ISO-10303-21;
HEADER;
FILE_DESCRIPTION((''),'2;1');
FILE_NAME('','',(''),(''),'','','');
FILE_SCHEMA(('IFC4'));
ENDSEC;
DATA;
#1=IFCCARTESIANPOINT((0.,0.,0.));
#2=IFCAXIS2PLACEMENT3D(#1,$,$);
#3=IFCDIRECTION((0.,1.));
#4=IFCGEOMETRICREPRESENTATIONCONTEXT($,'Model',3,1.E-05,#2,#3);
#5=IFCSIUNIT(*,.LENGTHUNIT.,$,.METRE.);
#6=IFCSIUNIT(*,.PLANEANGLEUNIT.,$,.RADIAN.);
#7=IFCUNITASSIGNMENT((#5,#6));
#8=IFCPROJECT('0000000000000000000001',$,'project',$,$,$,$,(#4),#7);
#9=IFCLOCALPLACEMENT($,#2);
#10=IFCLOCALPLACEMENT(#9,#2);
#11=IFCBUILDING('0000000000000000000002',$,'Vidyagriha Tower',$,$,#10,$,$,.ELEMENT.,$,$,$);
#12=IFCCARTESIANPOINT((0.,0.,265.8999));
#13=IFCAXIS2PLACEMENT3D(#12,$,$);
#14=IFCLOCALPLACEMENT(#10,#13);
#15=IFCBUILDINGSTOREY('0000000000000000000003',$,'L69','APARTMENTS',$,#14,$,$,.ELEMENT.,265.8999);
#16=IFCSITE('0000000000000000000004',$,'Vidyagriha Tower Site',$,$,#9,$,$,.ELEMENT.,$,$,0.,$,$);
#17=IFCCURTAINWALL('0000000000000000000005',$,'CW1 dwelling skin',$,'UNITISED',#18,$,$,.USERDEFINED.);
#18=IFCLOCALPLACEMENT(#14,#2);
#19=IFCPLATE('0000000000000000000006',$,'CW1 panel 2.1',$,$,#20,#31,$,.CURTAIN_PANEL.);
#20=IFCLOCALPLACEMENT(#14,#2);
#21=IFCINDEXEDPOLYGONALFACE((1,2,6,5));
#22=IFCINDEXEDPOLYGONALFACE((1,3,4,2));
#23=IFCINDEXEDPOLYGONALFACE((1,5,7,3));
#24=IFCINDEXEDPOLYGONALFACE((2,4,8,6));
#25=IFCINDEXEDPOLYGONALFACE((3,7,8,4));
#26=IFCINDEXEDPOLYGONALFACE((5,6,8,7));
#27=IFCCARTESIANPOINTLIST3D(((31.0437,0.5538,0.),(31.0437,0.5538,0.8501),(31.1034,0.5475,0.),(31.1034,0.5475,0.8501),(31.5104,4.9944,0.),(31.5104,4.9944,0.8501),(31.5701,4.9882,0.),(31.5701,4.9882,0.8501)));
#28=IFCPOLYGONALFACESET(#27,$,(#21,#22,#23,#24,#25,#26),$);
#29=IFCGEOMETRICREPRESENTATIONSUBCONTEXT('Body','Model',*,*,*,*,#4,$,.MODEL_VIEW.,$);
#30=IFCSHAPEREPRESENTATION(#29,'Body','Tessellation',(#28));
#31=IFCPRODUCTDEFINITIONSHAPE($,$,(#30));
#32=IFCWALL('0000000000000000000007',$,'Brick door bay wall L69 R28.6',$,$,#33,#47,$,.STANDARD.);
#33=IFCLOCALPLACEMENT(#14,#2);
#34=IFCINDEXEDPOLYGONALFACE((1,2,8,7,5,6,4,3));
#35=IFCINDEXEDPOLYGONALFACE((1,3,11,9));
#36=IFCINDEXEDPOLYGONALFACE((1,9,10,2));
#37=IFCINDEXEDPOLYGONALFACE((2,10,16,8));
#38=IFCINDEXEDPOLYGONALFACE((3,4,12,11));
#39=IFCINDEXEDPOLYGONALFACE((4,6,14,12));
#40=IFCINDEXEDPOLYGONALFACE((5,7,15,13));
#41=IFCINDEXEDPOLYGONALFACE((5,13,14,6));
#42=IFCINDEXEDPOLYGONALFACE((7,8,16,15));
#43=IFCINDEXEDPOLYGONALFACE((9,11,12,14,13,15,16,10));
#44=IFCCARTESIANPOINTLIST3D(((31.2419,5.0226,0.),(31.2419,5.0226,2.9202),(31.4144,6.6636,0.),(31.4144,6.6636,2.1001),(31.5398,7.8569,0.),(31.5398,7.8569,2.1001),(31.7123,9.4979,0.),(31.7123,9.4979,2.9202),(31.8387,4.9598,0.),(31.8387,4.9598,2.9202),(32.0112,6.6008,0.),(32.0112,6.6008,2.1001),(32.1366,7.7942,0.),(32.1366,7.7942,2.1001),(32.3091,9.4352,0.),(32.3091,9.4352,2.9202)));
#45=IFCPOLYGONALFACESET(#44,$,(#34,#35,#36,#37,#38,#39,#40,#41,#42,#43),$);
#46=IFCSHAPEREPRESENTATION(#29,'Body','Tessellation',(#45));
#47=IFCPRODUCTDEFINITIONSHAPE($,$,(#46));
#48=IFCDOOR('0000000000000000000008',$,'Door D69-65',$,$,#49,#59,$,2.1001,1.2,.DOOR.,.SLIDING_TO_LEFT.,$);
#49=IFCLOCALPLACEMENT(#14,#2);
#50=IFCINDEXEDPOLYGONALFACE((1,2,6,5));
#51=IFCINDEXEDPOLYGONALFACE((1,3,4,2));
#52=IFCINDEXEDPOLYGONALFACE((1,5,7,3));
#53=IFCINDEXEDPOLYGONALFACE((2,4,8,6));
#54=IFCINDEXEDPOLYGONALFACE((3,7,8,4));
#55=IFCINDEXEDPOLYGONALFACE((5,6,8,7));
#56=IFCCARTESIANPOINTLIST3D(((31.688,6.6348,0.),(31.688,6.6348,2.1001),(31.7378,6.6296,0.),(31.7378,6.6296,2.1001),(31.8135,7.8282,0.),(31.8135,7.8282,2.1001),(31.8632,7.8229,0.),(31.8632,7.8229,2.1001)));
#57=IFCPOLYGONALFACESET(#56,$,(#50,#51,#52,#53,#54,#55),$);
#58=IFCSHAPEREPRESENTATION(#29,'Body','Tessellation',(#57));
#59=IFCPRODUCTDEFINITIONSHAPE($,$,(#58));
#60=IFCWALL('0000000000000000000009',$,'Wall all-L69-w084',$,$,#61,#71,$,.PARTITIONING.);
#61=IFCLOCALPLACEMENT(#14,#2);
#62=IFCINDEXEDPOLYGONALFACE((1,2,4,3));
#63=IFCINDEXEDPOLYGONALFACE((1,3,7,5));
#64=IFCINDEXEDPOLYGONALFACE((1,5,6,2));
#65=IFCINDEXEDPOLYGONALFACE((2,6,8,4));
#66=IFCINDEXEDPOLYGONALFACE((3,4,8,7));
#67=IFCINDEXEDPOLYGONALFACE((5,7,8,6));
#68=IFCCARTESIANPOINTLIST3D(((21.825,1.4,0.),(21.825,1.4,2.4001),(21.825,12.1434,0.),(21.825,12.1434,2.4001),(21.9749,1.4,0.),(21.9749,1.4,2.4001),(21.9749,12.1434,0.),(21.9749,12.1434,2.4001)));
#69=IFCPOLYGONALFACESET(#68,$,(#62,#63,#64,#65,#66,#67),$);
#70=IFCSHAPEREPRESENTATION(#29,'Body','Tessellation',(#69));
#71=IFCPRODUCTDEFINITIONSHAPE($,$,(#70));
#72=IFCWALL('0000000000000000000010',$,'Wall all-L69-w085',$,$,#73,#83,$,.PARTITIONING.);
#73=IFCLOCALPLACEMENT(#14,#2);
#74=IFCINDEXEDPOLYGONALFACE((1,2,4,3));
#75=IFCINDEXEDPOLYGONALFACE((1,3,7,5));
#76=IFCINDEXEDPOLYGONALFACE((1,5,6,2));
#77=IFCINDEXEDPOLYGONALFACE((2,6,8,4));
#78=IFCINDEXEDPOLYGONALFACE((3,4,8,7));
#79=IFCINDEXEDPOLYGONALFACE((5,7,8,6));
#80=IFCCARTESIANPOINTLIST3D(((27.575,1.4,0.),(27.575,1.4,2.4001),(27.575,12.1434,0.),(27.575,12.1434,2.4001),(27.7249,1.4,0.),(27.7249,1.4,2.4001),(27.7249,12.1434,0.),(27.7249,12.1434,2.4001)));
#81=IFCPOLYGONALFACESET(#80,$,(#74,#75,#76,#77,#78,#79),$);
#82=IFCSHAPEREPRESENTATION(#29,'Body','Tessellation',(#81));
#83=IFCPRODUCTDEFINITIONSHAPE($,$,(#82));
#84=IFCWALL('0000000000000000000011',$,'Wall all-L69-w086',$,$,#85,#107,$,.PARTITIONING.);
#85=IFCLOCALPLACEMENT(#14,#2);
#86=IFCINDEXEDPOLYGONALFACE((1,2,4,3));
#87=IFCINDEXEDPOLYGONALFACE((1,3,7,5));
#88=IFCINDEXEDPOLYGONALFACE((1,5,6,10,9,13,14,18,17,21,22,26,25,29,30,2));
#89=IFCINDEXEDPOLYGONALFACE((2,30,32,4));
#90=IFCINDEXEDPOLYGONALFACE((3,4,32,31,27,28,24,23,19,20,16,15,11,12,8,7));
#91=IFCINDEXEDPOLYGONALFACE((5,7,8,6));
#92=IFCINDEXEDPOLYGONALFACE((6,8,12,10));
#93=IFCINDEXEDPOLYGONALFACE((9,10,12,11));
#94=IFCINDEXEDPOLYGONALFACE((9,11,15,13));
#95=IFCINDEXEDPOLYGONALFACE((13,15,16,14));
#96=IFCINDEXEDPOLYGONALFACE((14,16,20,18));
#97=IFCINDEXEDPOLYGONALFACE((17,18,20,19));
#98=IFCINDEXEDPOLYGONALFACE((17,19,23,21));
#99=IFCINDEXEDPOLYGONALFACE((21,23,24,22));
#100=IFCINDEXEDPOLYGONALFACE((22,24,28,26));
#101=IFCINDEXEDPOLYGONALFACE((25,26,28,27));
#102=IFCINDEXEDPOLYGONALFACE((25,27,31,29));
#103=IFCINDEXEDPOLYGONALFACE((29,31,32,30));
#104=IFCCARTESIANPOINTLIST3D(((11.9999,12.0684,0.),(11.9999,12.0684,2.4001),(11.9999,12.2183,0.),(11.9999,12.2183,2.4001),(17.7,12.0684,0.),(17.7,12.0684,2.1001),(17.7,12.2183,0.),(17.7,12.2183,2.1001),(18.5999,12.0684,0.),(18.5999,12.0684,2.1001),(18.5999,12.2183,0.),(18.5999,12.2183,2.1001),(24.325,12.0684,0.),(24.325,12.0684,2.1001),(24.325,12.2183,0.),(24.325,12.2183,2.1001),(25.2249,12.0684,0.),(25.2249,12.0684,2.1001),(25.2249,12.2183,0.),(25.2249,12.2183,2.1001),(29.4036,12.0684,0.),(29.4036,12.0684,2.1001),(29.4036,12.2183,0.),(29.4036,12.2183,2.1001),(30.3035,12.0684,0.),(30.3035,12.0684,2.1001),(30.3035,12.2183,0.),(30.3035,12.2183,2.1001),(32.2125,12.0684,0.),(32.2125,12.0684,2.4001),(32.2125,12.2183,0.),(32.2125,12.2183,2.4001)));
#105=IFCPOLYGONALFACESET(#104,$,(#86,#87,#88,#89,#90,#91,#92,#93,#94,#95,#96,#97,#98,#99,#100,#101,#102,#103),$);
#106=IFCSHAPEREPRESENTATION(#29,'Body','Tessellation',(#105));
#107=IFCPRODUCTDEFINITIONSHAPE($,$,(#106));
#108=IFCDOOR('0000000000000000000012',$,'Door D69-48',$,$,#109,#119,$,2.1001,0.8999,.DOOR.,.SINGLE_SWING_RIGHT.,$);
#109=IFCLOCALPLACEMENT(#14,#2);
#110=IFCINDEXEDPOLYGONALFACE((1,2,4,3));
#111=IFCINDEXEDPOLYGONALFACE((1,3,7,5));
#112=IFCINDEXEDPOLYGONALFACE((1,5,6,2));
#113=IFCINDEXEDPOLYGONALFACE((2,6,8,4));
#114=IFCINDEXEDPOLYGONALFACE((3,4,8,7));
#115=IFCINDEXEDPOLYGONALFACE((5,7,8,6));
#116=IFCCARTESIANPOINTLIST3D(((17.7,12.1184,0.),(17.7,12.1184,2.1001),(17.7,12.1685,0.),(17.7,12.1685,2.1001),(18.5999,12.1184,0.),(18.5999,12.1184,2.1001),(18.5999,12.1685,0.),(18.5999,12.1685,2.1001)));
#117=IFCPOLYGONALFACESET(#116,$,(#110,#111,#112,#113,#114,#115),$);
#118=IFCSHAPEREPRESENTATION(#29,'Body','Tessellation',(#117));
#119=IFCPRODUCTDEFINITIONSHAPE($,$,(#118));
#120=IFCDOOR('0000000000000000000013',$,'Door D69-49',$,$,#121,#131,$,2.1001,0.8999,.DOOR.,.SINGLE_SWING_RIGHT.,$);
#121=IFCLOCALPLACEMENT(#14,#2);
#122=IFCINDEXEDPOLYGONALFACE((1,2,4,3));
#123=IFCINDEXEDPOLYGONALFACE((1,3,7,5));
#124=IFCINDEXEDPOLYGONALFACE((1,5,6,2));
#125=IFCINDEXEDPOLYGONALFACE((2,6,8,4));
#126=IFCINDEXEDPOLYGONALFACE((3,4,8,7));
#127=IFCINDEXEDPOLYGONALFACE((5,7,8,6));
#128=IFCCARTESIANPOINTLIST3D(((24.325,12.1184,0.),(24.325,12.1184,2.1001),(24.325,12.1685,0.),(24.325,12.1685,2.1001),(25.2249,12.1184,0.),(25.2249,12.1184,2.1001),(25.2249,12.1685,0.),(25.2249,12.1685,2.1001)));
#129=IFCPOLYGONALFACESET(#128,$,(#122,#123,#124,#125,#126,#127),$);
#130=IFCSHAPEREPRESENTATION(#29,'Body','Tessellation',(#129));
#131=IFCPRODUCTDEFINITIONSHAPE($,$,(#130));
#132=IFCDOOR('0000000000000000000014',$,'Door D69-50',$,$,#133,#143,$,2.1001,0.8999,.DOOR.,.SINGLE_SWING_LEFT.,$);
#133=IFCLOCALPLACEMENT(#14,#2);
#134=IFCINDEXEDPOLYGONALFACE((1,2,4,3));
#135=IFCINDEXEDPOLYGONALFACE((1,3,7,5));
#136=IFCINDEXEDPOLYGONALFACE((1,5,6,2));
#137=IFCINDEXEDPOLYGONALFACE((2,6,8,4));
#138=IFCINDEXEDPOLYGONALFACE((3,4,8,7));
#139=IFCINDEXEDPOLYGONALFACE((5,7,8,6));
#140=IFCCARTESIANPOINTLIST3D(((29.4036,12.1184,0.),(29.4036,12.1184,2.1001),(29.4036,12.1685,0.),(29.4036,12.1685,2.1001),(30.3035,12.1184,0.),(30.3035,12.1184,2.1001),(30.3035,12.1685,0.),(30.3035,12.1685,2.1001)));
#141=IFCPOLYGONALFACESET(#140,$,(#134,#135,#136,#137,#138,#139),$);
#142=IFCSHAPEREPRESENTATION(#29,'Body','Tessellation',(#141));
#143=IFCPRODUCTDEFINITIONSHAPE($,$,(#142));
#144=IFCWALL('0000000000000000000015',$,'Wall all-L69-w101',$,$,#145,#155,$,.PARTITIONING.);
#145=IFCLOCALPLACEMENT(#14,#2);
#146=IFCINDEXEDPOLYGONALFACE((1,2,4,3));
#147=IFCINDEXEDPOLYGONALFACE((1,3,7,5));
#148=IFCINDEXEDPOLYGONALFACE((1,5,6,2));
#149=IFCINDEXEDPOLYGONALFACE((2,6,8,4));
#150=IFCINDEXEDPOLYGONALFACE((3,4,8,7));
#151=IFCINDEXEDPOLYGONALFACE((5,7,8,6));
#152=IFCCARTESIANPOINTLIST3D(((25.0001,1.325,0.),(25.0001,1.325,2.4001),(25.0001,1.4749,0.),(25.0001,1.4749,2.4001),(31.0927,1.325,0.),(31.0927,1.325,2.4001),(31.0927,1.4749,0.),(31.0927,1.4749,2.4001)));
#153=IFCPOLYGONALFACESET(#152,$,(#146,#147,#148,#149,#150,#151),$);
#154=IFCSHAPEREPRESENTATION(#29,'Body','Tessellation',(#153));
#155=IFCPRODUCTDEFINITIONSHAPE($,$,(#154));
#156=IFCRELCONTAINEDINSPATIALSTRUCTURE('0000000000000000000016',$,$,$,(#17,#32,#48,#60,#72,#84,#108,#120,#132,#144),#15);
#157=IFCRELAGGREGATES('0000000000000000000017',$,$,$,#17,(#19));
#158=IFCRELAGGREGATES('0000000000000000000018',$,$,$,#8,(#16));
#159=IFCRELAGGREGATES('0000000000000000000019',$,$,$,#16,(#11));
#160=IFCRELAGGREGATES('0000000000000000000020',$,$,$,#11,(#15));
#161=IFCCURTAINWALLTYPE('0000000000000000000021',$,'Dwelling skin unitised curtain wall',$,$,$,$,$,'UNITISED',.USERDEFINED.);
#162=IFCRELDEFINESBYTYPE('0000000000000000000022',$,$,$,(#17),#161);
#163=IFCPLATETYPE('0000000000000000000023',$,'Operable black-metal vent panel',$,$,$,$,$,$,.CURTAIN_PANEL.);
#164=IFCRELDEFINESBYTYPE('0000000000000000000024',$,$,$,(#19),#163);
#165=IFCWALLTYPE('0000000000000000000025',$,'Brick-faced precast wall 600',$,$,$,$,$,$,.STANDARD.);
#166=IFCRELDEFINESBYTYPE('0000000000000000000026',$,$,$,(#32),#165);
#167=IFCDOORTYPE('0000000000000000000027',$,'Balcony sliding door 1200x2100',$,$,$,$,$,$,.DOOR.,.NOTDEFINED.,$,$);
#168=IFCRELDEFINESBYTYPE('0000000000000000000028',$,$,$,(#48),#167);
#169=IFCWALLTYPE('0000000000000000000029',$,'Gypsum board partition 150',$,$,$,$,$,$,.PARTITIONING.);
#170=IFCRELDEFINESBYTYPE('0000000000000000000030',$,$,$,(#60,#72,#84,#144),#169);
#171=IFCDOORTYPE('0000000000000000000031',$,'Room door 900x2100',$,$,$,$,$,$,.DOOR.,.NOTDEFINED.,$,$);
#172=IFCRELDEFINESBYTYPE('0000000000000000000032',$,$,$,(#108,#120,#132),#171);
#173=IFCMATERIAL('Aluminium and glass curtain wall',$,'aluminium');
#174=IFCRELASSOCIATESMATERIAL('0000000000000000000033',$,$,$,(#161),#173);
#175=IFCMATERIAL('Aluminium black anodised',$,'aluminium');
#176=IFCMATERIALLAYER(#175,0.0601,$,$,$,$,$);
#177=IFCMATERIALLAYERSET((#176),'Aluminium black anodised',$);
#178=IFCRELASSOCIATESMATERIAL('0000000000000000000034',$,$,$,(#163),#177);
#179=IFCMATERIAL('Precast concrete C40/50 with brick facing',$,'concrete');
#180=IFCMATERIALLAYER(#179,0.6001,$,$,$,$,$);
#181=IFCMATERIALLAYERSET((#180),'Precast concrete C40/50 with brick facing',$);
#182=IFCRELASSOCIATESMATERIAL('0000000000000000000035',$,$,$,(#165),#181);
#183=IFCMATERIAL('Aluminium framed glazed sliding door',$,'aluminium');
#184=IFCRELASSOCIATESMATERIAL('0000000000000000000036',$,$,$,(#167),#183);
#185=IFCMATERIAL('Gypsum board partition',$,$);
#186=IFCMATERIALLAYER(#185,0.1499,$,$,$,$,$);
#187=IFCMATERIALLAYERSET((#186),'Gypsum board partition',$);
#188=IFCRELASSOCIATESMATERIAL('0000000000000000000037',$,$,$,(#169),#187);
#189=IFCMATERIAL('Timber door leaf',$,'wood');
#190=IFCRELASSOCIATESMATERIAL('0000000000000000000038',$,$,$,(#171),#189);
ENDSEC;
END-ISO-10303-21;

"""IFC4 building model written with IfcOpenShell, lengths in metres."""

from ifc_helpers import new_model, si_unit, direction, frame, frame_2d, origin, origin_2d, place, context, subcontext, project, spatial, rectangle, extrude, material, layer, layer_set, type_object, element, fill, aggregate, save


model = new_model("IFC4")

# Units and contexts
model_context = context("Model", 3, precision=1e-05, world=origin(), true_north=direction((0.0, 1.0)))
body_context = subcontext(model_context, "Body", "Model", "MODEL_VIEW")
ifc_project = project(units=[si_unit("LENGTHUNIT", "METRE"), si_unit("PLANEANGLEUNIT", "RADIAN")], contexts=[model_context])

# Site, building, storey
site_placement = place(None, origin())
site = spatial("IfcSite", under=ifc_project, at=site_placement, Name="Vidyagriha Tower Site", CompositionType="ELEMENT", RefElevation=0.0)
building_placement = place(site_placement, origin())
building = spatial("IfcBuilding", under=site, at=building_placement, Name="Vidyagriha Tower", CompositionType="ELEMENT")
storey_placement = place(building_placement, frame((0.0, 0.0, 265.8999)))
storey = spatial("IfcBuildingStorey", under=building, at=storey_placement, Name="L69", Description="APARTMENTS", CompositionType="ELEMENT", Elevation=265.8999)

# Curtain wall
ifc_material_1 = material(Name="Aluminium and glass curtain wall", Category="aluminium")
curtain_wall_type = type_object("IfcCurtainWallType", Name="Dwelling skin unitised curtain wall", ElementType="UNITISED", PredefinedType="USERDEFINED", material=ifc_material_1)
curtain_wall_1_placement = place(storey_placement, origin())
curtain_wall_1 = element("IfcCurtainWall", 1, at=curtain_wall_1_placement, inside=storey, type_object=curtain_wall_type, Name="CW1 dwelling skin", ObjectType="UNITISED", PredefinedType="USERDEFINED")

# Plate
ifc_material_2 = material(Name="Aluminium black anodised", Category="aluminium")
ifc_layer_1 = layer(ifc_material_2, 0.0601)
ifc_layer_set_1 = layer_set([ifc_layer_1], Name="Aluminium black anodised")
plate_type_1 = type_object("IfcPlateType", Name="Operable black-metal vent panel", PredefinedType="CURTAIN_PANEL", material=ifc_layer_set_1)
plate_1_placement = place(storey_placement, frame((31.3069, 2.771, 0.0), z_axis=(0.0, 0.0, 1.0), x_axis=(0.10453, 0.994522, 0.0)))
plate_1 = element("IfcPlate", 2, at=plate_1_placement, type_object=plate_type_1, Name="CW1 panel 2.1", PredefinedType="CURTAIN_PANEL", context=body_context, shape_type="SweptSolid", body=[
    extrude(rectangle(XDim=4.4651, YDim=0.0601, at=origin_2d()), origin(), (0.0, 0.0, 1.0), 0.8501),
])
aggregate(curtain_wall_1, [plate_1])

# Wall, opening, door
ifc_material_3 = material(Name="Precast concrete C40/50 with brick facing", Category="concrete")
ifc_layer_2 = layer(ifc_material_3, 0.6001)
ifc_layer_set_2 = layer_set([ifc_layer_2], Name="Precast concrete C40/50 with brick facing")
wall_type_1 = type_object("IfcWallType", Name="Brick-faced precast wall 600", PredefinedType="STANDARD", material=ifc_layer_set_2)
wall_1_placement = place(storey_placement, frame((31.5403, 4.9912, 0.0), z_axis=(0.0, 0.0, 1.0), x_axis=(0.104546, 0.99452, 0.0)))
wall_1 = element("IfcWall", 3, at=wall_1_placement, inside=storey, type_object=wall_type_1, Name="Brick door bay wall L69 R28.6", PredefinedType="STANDARD", context=body_context, shape_type="SweptSolid", body=[
    extrude(rectangle(XDim=4.5, YDim=0.6001, at=frame_2d((2.25, 0.0))), origin(), (0.0, 0.0, 1.0), 2.9202),
])
opening_1_placement = place(wall_1_placement, frame((1.6499, 0.0, 0.0)))
opening_1 = element("IfcOpeningElement", 4, at=opening_1_placement, cuts=wall_1, PredefinedType="OPENING", context=body_context, shape_type="SweptSolid", body=[
    extrude(rectangle(XDim=1.2, YDim=2.1001, at=frame_2d((0.6001, 1.05))), frame((0.0, 0.3101, 0.0), z_axis=(0.0, -1.0, 0.0), x_axis=(1.0, 0.0, 0.0)), (0.0, 0.0, 1.0), 0.6201),
])
ifc_material_4 = material(Name="Aluminium framed glazed sliding door", Category="aluminium")
door_type_1 = type_object("IfcDoorType", Name="Balcony sliding door 1200x2100", OperationType="NOTDEFINED", PredefinedType="DOOR", material=ifc_material_4)
door_1_placement = place(opening_1_placement, origin())
door_1 = element("IfcDoor", 5, at=door_1_placement, inside=storey, type_object=door_type_1, Name="Door D69-65", OperationType="SLIDING_TO_LEFT", OverallHeight=2.1001, OverallWidth=1.2, PredefinedType="DOOR", context=body_context, shape_type="SweptSolid", body=[
    extrude(rectangle(XDim=1.2, YDim=2.1001, at=frame_2d((0.6001, 1.05))), frame((0.0, 0.0249, 0.0), z_axis=(0.0, -1.0, 0.0), x_axis=(1.0, 0.0, 0.0)), (0.0, 0.0, 1.0), 0.05),
])
fill(opening_1, door_1)

# Walls
ifc_material_5 = material(Name="Gypsum board partition")
ifc_layer_3 = layer(ifc_material_5, 0.1499)
ifc_layer_set_3 = layer_set([ifc_layer_3], Name="Gypsum board partition")
wall_type_2 = type_object("IfcWallType", Name="Gypsum board partition 150", PredefinedType="PARTITIONING", material=ifc_layer_set_3)
for number, where, z_axis, x_axis, name in (
    (6, (21.8999, 12.1433, 0.0), (0.0, 0.0, 1.0), (0.0, -1.0, 0.0), "Wall all-L69-w084"),
    (7, (27.6499, 12.1433, 0.0), (0.0, 0.0, 1.0), (0.0, -1.0, 0.0), "Wall all-L69-w085"),
):
    element("IfcWall", number, at=place(storey_placement, frame(where, z_axis=z_axis, x_axis=x_axis)), inside=storey, type_object=wall_type_2, Name=name, PredefinedType="PARTITIONING", context=body_context, shape_type="SweptSolid", body=[
        extrude(rectangle(XDim=10.7434, YDim=0.1499, at=frame_2d((5.3716, 0.0))), origin(), (0.0, 0.0, 1.0), 2.4001),
    ])

# Wall, openings, doors
wall_2_placement = place(storey_placement, frame((32.2126, 12.1433, 0.0), z_axis=(0.0, 0.0, 1.0), x_axis=(-1.0, 0.0, 0.0)))
wall_2 = element("IfcWall", 8, at=wall_2_placement, inside=storey, type_object=wall_type_2, Name="Wall all-L69-w086", PredefinedType="PARTITIONING", context=body_context, shape_type="SweptSolid", body=[
    extrude(rectangle(XDim=20.2126, YDim=0.1499, at=frame_2d((10.1064, 0.0))), origin(), (0.0, 0.0, 1.0), 2.4001),
])
opening_2_placement = place(wall_2_placement, frame((13.6128, 0.0, 0.0)))
opening_2 = element("IfcOpeningElement", 9, at=opening_2_placement, cuts=wall_2, PredefinedType="OPENING", context=body_context, shape_type="SweptSolid", body=[
    extrude(rectangle(XDim=0.8999, YDim=2.1001, at=frame_2d((0.45, 1.05))), frame((0.0, 0.085, 0.0), z_axis=(0.0, -1.0, 0.0), x_axis=(1.0, 0.0, 0.0)), (0.0, 0.0, 1.0), 0.1699),
])
opening_3_placement = place(wall_2_placement, frame((6.9878, 0.0, 0.0)))
opening_3 = element("IfcOpeningElement", 10, at=opening_3_placement, cuts=wall_2, PredefinedType="OPENING", context=body_context, shape_type="SweptSolid", body=[
    extrude(rectangle(XDim=0.8999, YDim=2.1001, at=frame_2d((0.45, 1.05))), frame((0.0, 0.085, 0.0), z_axis=(0.0, -1.0, 0.0), x_axis=(1.0, 0.0, 0.0)), (0.0, 0.0, 1.0), 0.1699),
])
opening_4_placement = place(wall_2_placement, frame((1.9092, 0.0, 0.0)))
opening_4 = element("IfcOpeningElement", 11, at=opening_4_placement, cuts=wall_2, PredefinedType="OPENING", context=body_context, shape_type="SweptSolid", body=[
    extrude(rectangle(XDim=0.8999, YDim=2.1001, at=frame_2d((0.45, 1.05))), frame((0.0, 0.085, 0.0), z_axis=(0.0, -1.0, 0.0), x_axis=(1.0, 0.0, 0.0)), (0.0, 0.0, 1.0), 0.1699),
])
ifc_material_6 = material(Name="Timber door leaf", Category="wood")
door_type_2 = type_object("IfcDoorType", Name="Room door 900x2100", OperationType="NOTDEFINED", PredefinedType="DOOR", material=ifc_material_6)
door_2_placement = place(opening_2_placement, origin())
door_2 = element("IfcDoor", 12, at=door_2_placement, inside=storey, type_object=door_type_2, Name="Door D69-48", OperationType="SINGLE_SWING_RIGHT", OverallHeight=2.1001, OverallWidth=0.8999, PredefinedType="DOOR", context=body_context, shape_type="SweptSolid", body=[
    extrude(rectangle(XDim=0.8999, YDim=2.1001, at=frame_2d((0.45, 1.05))), frame((0.0, 0.0249, 0.0), z_axis=(0.0, -1.0, 0.0), x_axis=(1.0, 0.0, 0.0)), (0.0, 0.0, 1.0), 0.05),
])
fill(opening_2, door_2)
door_3_placement = place(opening_3_placement, origin())
door_3 = element("IfcDoor", 13, at=door_3_placement, inside=storey, type_object=door_type_2, Name="Door D69-49", OperationType="SINGLE_SWING_RIGHT", OverallHeight=2.1001, OverallWidth=0.8999, PredefinedType="DOOR", context=body_context, shape_type="SweptSolid", body=[
    extrude(rectangle(XDim=0.8999, YDim=2.1001, at=frame_2d((0.45, 1.05))), frame((0.0, 0.0249, 0.0), z_axis=(0.0, -1.0, 0.0), x_axis=(1.0, 0.0, 0.0)), (0.0, 0.0, 1.0), 0.05),
])
fill(opening_3, door_3)
door_4_placement = place(opening_4_placement, origin())
door_4 = element("IfcDoor", 14, at=door_4_placement, inside=storey, type_object=door_type_2, Name="Door D69-50", OperationType="SINGLE_SWING_LEFT", OverallHeight=2.1001, OverallWidth=0.8999, PredefinedType="DOOR", context=body_context, shape_type="SweptSolid", body=[
    extrude(rectangle(XDim=0.8999, YDim=2.1001, at=frame_2d((0.45, 1.05))), frame((0.0, 0.0249, 0.0), z_axis=(0.0, -1.0, 0.0), x_axis=(1.0, 0.0, 0.0)), (0.0, 0.0, 1.0), 0.05),
])
fill(opening_4, door_4)

# Wall
wall_3_placement = place(storey_placement, frame((25.0, 1.3999, 0.0)))
element("IfcWall", 15, at=wall_3_placement, inside=storey, type_object=wall_type_2, Name="Wall all-L69-w101", PredefinedType="PARTITIONING", context=body_context, shape_type="SweptSolid", body=[
    extrude(rectangle(XDim=6.0925, YDim=0.1499, at=frame_2d((3.0464, 0.0))), origin(), (0.0, 0.0, 1.0), 2.4001),
])

save(model, "model.ifc")
